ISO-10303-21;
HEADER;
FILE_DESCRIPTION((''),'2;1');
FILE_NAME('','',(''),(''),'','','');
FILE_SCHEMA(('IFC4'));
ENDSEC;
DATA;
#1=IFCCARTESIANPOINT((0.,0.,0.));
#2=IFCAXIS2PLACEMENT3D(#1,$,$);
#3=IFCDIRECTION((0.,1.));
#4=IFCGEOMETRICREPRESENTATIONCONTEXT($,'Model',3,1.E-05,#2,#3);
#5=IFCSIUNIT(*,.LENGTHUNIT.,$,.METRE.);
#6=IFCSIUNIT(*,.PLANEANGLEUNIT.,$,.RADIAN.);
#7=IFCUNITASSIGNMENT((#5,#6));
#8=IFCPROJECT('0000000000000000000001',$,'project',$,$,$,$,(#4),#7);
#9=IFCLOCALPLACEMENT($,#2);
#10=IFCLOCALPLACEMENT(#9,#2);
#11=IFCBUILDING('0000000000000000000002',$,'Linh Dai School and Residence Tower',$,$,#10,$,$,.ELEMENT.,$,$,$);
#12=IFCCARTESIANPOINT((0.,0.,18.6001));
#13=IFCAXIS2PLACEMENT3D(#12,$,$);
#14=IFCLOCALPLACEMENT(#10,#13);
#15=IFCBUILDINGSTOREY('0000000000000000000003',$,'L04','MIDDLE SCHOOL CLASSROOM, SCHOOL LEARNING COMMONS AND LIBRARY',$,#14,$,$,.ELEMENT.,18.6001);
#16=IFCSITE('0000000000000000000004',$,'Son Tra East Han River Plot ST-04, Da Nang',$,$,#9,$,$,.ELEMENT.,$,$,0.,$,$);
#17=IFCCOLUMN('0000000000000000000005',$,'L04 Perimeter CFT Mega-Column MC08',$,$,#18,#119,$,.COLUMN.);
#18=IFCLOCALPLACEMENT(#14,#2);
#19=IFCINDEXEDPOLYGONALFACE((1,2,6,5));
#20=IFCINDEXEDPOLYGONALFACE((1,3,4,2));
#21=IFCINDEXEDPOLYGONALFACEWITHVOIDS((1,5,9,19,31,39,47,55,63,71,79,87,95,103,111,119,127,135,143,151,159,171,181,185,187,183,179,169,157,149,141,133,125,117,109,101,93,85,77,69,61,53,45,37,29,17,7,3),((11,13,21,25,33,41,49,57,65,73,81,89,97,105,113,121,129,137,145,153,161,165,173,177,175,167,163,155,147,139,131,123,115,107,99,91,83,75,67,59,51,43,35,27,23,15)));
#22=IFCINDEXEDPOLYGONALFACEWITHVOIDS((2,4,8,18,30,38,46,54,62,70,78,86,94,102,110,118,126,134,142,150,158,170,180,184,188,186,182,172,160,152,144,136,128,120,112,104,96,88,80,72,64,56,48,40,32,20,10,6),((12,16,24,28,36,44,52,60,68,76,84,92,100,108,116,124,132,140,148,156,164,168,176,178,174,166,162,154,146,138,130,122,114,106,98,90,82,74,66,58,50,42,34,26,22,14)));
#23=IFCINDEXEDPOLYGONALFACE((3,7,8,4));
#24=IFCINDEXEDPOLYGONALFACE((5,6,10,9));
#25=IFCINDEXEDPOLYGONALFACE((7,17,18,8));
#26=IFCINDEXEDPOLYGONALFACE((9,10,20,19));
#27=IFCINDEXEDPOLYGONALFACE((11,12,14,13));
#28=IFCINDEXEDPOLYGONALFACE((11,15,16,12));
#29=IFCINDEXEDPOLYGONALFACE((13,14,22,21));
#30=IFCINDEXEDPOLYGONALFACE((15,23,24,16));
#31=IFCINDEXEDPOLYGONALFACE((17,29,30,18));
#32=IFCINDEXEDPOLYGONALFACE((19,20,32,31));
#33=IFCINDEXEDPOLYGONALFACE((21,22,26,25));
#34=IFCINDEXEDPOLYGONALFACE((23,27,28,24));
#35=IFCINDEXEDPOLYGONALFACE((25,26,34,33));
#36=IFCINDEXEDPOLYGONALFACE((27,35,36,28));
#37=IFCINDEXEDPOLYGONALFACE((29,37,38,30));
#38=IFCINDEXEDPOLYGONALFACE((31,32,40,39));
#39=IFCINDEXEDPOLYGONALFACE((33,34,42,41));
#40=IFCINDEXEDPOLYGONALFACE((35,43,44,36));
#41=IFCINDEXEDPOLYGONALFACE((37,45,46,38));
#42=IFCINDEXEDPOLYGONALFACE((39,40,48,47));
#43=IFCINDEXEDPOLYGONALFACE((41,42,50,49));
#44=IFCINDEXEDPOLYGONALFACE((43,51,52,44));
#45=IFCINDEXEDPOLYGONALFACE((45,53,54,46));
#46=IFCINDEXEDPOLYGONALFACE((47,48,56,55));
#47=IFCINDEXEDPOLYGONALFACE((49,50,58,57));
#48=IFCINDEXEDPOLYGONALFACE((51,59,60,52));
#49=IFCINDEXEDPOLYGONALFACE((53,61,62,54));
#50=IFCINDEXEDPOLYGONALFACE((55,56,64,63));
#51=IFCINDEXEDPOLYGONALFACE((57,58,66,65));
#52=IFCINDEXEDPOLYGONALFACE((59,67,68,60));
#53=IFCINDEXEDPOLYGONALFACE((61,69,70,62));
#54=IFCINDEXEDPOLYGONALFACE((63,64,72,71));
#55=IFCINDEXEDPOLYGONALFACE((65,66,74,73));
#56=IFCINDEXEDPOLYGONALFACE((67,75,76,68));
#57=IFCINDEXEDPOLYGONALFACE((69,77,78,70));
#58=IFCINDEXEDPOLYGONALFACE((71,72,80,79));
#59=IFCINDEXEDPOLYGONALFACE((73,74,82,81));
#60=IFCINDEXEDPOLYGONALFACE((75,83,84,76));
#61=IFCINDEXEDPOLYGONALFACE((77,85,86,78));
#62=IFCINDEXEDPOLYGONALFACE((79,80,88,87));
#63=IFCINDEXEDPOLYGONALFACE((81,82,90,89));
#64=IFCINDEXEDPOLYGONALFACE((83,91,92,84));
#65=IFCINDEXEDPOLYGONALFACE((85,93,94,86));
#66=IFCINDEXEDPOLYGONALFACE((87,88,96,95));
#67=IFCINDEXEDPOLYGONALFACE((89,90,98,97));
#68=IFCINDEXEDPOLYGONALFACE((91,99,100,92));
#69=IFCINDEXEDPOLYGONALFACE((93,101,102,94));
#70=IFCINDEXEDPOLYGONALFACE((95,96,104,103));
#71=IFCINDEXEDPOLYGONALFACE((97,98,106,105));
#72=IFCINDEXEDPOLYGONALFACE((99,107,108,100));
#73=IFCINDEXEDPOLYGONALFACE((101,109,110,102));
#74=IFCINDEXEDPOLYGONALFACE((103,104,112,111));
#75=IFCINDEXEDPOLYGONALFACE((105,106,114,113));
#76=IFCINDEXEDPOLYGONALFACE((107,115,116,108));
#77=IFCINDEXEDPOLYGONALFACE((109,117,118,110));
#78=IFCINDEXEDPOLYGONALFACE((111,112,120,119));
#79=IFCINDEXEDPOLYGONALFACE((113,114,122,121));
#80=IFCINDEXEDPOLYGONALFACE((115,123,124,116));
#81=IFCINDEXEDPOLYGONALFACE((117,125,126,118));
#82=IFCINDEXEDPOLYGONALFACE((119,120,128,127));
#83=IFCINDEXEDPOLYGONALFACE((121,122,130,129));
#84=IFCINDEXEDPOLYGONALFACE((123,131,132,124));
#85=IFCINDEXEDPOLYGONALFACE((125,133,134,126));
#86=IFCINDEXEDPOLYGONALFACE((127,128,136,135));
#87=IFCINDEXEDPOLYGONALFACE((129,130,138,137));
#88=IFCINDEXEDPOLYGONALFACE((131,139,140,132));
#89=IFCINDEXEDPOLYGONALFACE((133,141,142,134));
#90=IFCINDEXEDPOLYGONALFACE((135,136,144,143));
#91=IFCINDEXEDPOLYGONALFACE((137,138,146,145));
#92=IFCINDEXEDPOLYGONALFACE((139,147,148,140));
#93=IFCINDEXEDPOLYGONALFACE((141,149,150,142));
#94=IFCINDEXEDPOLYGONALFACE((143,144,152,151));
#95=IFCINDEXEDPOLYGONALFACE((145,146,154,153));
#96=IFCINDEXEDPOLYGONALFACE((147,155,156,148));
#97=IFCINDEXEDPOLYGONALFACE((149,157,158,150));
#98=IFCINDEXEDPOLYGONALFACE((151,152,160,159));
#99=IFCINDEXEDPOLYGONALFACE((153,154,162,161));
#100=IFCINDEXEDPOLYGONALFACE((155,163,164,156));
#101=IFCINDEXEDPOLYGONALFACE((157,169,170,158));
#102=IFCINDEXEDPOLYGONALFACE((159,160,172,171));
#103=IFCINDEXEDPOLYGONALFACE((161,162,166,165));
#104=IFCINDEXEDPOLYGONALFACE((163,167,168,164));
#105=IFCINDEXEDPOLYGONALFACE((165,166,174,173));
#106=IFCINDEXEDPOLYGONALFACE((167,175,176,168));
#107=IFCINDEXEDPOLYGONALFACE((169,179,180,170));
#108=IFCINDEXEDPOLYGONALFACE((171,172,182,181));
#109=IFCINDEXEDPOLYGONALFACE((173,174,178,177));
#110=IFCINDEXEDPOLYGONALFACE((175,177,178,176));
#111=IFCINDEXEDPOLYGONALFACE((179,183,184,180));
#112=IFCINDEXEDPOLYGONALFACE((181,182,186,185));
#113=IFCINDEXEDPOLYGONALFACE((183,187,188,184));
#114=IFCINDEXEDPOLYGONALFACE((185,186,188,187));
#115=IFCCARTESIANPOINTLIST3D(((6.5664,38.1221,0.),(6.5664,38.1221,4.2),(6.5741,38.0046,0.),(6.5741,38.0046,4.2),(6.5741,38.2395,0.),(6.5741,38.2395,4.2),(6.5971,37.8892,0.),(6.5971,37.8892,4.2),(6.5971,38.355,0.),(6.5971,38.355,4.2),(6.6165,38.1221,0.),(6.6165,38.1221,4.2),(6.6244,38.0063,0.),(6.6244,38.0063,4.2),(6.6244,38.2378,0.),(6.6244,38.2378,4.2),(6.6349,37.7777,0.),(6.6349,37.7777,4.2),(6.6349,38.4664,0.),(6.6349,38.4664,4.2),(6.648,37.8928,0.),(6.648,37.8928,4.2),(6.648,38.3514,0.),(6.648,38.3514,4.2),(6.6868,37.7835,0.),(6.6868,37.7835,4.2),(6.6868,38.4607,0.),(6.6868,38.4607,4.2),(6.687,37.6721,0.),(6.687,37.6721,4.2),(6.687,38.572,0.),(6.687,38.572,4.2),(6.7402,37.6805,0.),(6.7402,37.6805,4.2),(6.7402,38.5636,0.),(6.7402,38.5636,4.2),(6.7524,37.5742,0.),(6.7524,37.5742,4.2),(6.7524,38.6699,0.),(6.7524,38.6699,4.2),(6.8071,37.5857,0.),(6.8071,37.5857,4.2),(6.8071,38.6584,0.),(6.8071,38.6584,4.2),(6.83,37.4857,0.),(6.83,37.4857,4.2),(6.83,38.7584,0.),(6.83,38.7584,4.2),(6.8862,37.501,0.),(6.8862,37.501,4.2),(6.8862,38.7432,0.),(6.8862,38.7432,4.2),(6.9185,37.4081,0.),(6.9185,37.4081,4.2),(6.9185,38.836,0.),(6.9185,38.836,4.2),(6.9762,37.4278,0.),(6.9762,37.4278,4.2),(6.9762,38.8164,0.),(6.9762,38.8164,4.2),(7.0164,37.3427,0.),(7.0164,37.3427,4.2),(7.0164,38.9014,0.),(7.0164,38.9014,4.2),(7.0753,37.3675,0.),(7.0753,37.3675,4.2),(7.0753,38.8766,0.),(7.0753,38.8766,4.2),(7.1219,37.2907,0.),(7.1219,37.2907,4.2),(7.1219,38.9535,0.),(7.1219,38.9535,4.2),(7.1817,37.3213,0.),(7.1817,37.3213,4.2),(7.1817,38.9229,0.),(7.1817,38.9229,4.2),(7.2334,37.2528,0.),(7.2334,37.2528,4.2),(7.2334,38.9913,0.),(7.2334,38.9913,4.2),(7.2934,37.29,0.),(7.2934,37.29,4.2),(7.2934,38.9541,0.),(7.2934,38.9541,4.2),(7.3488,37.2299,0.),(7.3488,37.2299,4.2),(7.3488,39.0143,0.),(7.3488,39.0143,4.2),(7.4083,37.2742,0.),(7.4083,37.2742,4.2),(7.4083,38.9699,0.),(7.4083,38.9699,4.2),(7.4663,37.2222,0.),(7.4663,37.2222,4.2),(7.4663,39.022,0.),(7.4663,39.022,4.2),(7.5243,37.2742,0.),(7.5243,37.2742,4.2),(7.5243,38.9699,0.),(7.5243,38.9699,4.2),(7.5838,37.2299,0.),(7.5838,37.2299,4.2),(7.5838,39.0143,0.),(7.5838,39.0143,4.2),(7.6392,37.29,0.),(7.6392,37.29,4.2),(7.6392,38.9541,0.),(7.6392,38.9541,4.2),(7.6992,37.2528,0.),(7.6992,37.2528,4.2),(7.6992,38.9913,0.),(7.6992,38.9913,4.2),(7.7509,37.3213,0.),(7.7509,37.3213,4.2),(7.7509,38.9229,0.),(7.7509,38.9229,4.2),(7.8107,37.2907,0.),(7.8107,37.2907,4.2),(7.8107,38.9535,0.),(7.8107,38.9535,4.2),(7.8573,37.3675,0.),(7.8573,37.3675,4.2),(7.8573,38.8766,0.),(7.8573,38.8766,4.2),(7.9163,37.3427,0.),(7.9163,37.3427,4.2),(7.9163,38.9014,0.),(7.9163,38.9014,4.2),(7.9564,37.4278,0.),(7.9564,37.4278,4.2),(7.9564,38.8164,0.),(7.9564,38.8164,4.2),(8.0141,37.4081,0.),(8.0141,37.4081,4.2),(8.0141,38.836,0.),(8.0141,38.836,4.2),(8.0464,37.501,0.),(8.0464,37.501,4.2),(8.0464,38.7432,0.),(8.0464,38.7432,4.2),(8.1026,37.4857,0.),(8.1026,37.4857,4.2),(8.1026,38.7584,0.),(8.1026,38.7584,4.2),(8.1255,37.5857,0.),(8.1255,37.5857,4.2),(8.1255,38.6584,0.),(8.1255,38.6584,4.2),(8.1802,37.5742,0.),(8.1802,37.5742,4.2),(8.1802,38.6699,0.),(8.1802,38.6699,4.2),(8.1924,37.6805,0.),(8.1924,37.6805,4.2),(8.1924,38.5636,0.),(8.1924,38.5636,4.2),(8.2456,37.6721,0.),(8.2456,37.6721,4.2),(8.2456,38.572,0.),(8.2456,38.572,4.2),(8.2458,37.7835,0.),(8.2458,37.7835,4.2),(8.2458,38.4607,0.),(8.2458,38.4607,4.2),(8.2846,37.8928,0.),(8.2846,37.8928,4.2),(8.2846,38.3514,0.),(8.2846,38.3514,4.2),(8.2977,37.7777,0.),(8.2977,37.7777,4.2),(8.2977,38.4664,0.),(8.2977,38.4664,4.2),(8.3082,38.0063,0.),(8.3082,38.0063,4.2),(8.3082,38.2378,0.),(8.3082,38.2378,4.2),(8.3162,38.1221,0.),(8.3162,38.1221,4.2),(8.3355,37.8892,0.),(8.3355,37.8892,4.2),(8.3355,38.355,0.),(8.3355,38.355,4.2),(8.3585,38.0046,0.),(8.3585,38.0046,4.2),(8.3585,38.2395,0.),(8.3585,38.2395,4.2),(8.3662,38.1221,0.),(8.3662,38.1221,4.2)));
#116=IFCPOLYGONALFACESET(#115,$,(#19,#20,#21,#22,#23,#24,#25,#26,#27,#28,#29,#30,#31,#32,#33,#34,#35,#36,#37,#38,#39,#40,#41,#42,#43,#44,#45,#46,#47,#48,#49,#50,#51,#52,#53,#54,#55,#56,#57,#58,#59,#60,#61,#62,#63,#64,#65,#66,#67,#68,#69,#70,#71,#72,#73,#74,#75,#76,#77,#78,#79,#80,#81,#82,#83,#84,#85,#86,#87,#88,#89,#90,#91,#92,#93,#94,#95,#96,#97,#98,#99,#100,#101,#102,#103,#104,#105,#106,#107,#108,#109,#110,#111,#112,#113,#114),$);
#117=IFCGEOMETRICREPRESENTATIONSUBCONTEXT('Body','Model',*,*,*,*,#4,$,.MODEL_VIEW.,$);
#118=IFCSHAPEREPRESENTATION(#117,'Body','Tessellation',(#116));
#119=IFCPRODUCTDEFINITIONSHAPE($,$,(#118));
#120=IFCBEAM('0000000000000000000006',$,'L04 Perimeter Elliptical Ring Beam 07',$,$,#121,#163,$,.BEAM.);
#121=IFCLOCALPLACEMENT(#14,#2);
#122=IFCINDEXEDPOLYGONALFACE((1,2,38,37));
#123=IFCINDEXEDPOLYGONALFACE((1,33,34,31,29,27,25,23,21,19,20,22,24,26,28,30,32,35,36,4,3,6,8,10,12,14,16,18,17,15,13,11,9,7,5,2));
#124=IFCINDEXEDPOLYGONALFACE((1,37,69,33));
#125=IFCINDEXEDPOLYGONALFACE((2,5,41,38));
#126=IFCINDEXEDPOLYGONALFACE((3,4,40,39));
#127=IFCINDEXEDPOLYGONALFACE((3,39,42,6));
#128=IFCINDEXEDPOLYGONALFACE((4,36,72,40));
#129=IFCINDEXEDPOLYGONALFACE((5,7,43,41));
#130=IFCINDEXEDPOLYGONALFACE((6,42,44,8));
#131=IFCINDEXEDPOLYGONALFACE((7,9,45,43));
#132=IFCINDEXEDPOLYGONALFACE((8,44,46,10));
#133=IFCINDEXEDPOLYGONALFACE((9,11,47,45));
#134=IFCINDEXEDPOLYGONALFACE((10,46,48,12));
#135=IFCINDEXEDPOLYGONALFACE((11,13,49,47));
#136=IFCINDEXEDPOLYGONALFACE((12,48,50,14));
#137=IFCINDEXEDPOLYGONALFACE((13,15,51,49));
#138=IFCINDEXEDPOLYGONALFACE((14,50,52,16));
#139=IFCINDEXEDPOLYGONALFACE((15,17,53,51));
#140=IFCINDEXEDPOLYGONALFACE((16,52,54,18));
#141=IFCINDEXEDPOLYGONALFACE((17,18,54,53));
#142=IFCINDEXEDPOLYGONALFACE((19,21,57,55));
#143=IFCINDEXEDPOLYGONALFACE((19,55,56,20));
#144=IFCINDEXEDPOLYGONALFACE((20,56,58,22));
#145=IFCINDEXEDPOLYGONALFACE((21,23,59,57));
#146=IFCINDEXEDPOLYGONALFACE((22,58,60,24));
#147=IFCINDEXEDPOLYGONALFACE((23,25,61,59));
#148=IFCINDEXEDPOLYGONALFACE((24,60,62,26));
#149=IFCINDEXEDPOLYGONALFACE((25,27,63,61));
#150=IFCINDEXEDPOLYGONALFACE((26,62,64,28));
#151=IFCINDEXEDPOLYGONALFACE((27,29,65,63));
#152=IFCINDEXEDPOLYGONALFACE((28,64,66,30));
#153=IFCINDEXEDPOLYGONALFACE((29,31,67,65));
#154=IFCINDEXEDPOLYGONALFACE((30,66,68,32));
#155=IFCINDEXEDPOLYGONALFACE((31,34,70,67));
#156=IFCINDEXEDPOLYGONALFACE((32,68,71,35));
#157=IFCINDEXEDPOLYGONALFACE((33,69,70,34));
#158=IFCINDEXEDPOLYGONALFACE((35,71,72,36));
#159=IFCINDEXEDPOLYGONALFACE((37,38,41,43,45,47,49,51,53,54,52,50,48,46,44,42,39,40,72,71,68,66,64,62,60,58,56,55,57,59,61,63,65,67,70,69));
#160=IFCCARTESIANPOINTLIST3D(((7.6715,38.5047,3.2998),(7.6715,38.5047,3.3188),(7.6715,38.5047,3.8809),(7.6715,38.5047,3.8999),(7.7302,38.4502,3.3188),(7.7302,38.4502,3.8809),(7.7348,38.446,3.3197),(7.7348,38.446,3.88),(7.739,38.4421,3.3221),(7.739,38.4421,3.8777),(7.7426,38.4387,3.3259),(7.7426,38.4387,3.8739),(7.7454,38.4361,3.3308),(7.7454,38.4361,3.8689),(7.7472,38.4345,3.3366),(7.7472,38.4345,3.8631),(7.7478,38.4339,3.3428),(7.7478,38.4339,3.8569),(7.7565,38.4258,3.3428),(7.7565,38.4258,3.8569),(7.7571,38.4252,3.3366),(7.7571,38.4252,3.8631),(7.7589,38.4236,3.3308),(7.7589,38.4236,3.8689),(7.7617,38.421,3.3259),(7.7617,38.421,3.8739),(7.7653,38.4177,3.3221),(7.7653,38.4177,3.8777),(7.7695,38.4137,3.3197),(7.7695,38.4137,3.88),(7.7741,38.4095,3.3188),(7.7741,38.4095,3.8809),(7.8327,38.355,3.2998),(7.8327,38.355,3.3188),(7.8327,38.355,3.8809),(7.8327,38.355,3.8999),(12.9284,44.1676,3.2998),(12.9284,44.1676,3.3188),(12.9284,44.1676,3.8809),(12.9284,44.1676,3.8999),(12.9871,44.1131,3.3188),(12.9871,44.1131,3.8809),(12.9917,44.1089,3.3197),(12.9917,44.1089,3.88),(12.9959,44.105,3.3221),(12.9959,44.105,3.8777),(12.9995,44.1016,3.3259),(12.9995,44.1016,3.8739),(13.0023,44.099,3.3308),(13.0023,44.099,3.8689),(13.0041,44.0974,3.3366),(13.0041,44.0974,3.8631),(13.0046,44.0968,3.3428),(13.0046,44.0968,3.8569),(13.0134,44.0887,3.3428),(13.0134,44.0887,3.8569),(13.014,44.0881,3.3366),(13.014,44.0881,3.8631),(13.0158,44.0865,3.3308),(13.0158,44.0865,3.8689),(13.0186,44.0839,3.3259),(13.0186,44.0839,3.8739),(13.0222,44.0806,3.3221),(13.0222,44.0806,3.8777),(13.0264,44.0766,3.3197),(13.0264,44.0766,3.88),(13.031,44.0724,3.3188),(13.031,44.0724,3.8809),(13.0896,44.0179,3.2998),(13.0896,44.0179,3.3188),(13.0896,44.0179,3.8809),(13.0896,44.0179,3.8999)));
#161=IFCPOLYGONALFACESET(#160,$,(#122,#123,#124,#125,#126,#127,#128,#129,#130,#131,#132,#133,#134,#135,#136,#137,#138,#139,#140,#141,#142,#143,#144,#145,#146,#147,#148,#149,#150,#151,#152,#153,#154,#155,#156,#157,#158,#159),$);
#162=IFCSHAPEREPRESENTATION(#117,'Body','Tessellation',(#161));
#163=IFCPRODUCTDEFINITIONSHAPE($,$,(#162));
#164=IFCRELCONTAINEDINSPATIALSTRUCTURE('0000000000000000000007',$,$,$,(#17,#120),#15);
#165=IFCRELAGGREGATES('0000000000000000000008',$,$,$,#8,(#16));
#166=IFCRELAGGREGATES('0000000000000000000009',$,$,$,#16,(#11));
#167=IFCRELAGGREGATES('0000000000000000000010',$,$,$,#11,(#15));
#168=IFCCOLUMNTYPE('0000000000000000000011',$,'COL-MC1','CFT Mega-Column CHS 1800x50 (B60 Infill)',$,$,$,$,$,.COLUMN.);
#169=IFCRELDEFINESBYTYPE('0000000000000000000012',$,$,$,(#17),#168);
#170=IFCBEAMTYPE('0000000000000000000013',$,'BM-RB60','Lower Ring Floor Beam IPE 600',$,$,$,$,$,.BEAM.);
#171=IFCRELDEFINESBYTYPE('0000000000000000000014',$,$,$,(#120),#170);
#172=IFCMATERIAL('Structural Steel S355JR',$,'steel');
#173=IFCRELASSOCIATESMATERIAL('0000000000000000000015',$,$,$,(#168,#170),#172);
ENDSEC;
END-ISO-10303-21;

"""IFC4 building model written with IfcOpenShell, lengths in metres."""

from ifc_helpers import new_model, si_unit, direction, frame, origin, origin_2d, place, context, subcontext, project, spatial, hollow_circle, i_section, extrude, material, material_profile, profile_set, type_object, element, save


model = new_model("IFC4")

# Units and contexts
model_context = context("Model", 3, precision=1e-05, world=origin(), true_north=direction((0.0, 1.0)))
body_context = subcontext(model_context, "Body", "Model", "MODEL_VIEW")
ifc_project = project(units=[si_unit("LENGTHUNIT", "METRE"), si_unit("PLANEANGLEUNIT", "RADIAN")], contexts=[model_context])

# Site, building, storey
site_placement = place(None, origin())
site = spatial("IfcSite", under=ifc_project, at=site_placement, Name="Son Tra East Han River Plot ST-04, Da Nang", CompositionType="ELEMENT", RefElevation=0.0)
building_placement = place(site_placement, origin())
building = spatial("IfcBuilding", under=site, at=building_placement, Name="Linh Dai School and Residence Tower", CompositionType="ELEMENT")
storey_placement = place(building_placement, frame((0.0, 0.0, 18.6001)))
storey = spatial("IfcBuildingStorey", under=building, at=storey_placement, Name="L04", Description="MIDDLE SCHOOL CLASSROOM, SCHOOL LEARNING COMMONS AND LIBRARY", CompositionType="ELEMENT", Elevation=18.6001)

# Column
ifc_material_1 = material(Name="Structural Steel S355JR", Category="steel")
ifc_material_profile_1 = material_profile(ifc_material_1, hollow_circle(Radius=0.8999, WallThickness=0.05, at=origin_2d()), Name="CHS 1800x50")
ifc_profile_set_1 = profile_set([ifc_material_profile_1], Name="Structural Steel S355JR")
column_type = type_object("IfcColumnType", Name="COL-MC1", Description="CFT Mega-Column CHS 1800x50 (B60 Infill)", PredefinedType="COLUMN", material=ifc_profile_set_1)
for number, where, z_axis, x_axis, name in (
    (1, (7.4663, 38.1221, 0.0), (0.0, 0.0, 1.0), (1.0, 0.0, 0.0), "L04 Perimeter CFT Mega-Column MC08"),
):
    element("IfcColumn", number, at=place(storey_placement, frame(where, z_axis=z_axis, x_axis=x_axis)), inside=storey, type_object=column_type, Name=name, PredefinedType="COLUMN", context=body_context, shape_type="SweptSolid", body=[
        extrude(hollow_circle(Radius=0.8999, WallThickness=0.05, at=origin_2d()), origin(), (0.0, 0.0, 1.0), 4.2),
    ])

# Beam
ifc_material_profile_2 = material_profile(ifc_material_1, i_section(OverallWidth=0.22, OverallDepth=0.6001, WebThickness=0.012, FlangeThickness=0.019, FilletRadius=0.0239, at=origin_2d()), Name="IPE 600")
ifc_profile_set_2 = profile_set([ifc_material_profile_2], Name="Structural Steel S355JR")
beam_type_1 = type_object("IfcBeamType", Name="BM-RB60", Description="Lower Ring Floor Beam IPE 600", PredefinedType="BEAM", material=ifc_profile_set_2)
beam_1_placement = place(storey_placement, frame((13.009, 44.0928, 3.5999), z_axis=(-0.680346, -0.732891, 0.0), x_axis=(0.732891, -0.680346, 0.0)))
element("IfcBeam", 2, at=beam_1_placement, inside=storey, type_object=beam_type_1, Name="L04 Perimeter Elliptical Ring Beam 07", PredefinedType="BEAM", context=body_context, shape_type="SweptSolid", body=[
    extrude(i_section(OverallWidth=0.22, OverallDepth=0.6001, WebThickness=0.012, FlangeThickness=0.019, FilletRadius=0.0239, at=origin_2d()), origin(), (0.0, 0.0, 1.0), 7.7268),
])

save(model, "model.ifc")
